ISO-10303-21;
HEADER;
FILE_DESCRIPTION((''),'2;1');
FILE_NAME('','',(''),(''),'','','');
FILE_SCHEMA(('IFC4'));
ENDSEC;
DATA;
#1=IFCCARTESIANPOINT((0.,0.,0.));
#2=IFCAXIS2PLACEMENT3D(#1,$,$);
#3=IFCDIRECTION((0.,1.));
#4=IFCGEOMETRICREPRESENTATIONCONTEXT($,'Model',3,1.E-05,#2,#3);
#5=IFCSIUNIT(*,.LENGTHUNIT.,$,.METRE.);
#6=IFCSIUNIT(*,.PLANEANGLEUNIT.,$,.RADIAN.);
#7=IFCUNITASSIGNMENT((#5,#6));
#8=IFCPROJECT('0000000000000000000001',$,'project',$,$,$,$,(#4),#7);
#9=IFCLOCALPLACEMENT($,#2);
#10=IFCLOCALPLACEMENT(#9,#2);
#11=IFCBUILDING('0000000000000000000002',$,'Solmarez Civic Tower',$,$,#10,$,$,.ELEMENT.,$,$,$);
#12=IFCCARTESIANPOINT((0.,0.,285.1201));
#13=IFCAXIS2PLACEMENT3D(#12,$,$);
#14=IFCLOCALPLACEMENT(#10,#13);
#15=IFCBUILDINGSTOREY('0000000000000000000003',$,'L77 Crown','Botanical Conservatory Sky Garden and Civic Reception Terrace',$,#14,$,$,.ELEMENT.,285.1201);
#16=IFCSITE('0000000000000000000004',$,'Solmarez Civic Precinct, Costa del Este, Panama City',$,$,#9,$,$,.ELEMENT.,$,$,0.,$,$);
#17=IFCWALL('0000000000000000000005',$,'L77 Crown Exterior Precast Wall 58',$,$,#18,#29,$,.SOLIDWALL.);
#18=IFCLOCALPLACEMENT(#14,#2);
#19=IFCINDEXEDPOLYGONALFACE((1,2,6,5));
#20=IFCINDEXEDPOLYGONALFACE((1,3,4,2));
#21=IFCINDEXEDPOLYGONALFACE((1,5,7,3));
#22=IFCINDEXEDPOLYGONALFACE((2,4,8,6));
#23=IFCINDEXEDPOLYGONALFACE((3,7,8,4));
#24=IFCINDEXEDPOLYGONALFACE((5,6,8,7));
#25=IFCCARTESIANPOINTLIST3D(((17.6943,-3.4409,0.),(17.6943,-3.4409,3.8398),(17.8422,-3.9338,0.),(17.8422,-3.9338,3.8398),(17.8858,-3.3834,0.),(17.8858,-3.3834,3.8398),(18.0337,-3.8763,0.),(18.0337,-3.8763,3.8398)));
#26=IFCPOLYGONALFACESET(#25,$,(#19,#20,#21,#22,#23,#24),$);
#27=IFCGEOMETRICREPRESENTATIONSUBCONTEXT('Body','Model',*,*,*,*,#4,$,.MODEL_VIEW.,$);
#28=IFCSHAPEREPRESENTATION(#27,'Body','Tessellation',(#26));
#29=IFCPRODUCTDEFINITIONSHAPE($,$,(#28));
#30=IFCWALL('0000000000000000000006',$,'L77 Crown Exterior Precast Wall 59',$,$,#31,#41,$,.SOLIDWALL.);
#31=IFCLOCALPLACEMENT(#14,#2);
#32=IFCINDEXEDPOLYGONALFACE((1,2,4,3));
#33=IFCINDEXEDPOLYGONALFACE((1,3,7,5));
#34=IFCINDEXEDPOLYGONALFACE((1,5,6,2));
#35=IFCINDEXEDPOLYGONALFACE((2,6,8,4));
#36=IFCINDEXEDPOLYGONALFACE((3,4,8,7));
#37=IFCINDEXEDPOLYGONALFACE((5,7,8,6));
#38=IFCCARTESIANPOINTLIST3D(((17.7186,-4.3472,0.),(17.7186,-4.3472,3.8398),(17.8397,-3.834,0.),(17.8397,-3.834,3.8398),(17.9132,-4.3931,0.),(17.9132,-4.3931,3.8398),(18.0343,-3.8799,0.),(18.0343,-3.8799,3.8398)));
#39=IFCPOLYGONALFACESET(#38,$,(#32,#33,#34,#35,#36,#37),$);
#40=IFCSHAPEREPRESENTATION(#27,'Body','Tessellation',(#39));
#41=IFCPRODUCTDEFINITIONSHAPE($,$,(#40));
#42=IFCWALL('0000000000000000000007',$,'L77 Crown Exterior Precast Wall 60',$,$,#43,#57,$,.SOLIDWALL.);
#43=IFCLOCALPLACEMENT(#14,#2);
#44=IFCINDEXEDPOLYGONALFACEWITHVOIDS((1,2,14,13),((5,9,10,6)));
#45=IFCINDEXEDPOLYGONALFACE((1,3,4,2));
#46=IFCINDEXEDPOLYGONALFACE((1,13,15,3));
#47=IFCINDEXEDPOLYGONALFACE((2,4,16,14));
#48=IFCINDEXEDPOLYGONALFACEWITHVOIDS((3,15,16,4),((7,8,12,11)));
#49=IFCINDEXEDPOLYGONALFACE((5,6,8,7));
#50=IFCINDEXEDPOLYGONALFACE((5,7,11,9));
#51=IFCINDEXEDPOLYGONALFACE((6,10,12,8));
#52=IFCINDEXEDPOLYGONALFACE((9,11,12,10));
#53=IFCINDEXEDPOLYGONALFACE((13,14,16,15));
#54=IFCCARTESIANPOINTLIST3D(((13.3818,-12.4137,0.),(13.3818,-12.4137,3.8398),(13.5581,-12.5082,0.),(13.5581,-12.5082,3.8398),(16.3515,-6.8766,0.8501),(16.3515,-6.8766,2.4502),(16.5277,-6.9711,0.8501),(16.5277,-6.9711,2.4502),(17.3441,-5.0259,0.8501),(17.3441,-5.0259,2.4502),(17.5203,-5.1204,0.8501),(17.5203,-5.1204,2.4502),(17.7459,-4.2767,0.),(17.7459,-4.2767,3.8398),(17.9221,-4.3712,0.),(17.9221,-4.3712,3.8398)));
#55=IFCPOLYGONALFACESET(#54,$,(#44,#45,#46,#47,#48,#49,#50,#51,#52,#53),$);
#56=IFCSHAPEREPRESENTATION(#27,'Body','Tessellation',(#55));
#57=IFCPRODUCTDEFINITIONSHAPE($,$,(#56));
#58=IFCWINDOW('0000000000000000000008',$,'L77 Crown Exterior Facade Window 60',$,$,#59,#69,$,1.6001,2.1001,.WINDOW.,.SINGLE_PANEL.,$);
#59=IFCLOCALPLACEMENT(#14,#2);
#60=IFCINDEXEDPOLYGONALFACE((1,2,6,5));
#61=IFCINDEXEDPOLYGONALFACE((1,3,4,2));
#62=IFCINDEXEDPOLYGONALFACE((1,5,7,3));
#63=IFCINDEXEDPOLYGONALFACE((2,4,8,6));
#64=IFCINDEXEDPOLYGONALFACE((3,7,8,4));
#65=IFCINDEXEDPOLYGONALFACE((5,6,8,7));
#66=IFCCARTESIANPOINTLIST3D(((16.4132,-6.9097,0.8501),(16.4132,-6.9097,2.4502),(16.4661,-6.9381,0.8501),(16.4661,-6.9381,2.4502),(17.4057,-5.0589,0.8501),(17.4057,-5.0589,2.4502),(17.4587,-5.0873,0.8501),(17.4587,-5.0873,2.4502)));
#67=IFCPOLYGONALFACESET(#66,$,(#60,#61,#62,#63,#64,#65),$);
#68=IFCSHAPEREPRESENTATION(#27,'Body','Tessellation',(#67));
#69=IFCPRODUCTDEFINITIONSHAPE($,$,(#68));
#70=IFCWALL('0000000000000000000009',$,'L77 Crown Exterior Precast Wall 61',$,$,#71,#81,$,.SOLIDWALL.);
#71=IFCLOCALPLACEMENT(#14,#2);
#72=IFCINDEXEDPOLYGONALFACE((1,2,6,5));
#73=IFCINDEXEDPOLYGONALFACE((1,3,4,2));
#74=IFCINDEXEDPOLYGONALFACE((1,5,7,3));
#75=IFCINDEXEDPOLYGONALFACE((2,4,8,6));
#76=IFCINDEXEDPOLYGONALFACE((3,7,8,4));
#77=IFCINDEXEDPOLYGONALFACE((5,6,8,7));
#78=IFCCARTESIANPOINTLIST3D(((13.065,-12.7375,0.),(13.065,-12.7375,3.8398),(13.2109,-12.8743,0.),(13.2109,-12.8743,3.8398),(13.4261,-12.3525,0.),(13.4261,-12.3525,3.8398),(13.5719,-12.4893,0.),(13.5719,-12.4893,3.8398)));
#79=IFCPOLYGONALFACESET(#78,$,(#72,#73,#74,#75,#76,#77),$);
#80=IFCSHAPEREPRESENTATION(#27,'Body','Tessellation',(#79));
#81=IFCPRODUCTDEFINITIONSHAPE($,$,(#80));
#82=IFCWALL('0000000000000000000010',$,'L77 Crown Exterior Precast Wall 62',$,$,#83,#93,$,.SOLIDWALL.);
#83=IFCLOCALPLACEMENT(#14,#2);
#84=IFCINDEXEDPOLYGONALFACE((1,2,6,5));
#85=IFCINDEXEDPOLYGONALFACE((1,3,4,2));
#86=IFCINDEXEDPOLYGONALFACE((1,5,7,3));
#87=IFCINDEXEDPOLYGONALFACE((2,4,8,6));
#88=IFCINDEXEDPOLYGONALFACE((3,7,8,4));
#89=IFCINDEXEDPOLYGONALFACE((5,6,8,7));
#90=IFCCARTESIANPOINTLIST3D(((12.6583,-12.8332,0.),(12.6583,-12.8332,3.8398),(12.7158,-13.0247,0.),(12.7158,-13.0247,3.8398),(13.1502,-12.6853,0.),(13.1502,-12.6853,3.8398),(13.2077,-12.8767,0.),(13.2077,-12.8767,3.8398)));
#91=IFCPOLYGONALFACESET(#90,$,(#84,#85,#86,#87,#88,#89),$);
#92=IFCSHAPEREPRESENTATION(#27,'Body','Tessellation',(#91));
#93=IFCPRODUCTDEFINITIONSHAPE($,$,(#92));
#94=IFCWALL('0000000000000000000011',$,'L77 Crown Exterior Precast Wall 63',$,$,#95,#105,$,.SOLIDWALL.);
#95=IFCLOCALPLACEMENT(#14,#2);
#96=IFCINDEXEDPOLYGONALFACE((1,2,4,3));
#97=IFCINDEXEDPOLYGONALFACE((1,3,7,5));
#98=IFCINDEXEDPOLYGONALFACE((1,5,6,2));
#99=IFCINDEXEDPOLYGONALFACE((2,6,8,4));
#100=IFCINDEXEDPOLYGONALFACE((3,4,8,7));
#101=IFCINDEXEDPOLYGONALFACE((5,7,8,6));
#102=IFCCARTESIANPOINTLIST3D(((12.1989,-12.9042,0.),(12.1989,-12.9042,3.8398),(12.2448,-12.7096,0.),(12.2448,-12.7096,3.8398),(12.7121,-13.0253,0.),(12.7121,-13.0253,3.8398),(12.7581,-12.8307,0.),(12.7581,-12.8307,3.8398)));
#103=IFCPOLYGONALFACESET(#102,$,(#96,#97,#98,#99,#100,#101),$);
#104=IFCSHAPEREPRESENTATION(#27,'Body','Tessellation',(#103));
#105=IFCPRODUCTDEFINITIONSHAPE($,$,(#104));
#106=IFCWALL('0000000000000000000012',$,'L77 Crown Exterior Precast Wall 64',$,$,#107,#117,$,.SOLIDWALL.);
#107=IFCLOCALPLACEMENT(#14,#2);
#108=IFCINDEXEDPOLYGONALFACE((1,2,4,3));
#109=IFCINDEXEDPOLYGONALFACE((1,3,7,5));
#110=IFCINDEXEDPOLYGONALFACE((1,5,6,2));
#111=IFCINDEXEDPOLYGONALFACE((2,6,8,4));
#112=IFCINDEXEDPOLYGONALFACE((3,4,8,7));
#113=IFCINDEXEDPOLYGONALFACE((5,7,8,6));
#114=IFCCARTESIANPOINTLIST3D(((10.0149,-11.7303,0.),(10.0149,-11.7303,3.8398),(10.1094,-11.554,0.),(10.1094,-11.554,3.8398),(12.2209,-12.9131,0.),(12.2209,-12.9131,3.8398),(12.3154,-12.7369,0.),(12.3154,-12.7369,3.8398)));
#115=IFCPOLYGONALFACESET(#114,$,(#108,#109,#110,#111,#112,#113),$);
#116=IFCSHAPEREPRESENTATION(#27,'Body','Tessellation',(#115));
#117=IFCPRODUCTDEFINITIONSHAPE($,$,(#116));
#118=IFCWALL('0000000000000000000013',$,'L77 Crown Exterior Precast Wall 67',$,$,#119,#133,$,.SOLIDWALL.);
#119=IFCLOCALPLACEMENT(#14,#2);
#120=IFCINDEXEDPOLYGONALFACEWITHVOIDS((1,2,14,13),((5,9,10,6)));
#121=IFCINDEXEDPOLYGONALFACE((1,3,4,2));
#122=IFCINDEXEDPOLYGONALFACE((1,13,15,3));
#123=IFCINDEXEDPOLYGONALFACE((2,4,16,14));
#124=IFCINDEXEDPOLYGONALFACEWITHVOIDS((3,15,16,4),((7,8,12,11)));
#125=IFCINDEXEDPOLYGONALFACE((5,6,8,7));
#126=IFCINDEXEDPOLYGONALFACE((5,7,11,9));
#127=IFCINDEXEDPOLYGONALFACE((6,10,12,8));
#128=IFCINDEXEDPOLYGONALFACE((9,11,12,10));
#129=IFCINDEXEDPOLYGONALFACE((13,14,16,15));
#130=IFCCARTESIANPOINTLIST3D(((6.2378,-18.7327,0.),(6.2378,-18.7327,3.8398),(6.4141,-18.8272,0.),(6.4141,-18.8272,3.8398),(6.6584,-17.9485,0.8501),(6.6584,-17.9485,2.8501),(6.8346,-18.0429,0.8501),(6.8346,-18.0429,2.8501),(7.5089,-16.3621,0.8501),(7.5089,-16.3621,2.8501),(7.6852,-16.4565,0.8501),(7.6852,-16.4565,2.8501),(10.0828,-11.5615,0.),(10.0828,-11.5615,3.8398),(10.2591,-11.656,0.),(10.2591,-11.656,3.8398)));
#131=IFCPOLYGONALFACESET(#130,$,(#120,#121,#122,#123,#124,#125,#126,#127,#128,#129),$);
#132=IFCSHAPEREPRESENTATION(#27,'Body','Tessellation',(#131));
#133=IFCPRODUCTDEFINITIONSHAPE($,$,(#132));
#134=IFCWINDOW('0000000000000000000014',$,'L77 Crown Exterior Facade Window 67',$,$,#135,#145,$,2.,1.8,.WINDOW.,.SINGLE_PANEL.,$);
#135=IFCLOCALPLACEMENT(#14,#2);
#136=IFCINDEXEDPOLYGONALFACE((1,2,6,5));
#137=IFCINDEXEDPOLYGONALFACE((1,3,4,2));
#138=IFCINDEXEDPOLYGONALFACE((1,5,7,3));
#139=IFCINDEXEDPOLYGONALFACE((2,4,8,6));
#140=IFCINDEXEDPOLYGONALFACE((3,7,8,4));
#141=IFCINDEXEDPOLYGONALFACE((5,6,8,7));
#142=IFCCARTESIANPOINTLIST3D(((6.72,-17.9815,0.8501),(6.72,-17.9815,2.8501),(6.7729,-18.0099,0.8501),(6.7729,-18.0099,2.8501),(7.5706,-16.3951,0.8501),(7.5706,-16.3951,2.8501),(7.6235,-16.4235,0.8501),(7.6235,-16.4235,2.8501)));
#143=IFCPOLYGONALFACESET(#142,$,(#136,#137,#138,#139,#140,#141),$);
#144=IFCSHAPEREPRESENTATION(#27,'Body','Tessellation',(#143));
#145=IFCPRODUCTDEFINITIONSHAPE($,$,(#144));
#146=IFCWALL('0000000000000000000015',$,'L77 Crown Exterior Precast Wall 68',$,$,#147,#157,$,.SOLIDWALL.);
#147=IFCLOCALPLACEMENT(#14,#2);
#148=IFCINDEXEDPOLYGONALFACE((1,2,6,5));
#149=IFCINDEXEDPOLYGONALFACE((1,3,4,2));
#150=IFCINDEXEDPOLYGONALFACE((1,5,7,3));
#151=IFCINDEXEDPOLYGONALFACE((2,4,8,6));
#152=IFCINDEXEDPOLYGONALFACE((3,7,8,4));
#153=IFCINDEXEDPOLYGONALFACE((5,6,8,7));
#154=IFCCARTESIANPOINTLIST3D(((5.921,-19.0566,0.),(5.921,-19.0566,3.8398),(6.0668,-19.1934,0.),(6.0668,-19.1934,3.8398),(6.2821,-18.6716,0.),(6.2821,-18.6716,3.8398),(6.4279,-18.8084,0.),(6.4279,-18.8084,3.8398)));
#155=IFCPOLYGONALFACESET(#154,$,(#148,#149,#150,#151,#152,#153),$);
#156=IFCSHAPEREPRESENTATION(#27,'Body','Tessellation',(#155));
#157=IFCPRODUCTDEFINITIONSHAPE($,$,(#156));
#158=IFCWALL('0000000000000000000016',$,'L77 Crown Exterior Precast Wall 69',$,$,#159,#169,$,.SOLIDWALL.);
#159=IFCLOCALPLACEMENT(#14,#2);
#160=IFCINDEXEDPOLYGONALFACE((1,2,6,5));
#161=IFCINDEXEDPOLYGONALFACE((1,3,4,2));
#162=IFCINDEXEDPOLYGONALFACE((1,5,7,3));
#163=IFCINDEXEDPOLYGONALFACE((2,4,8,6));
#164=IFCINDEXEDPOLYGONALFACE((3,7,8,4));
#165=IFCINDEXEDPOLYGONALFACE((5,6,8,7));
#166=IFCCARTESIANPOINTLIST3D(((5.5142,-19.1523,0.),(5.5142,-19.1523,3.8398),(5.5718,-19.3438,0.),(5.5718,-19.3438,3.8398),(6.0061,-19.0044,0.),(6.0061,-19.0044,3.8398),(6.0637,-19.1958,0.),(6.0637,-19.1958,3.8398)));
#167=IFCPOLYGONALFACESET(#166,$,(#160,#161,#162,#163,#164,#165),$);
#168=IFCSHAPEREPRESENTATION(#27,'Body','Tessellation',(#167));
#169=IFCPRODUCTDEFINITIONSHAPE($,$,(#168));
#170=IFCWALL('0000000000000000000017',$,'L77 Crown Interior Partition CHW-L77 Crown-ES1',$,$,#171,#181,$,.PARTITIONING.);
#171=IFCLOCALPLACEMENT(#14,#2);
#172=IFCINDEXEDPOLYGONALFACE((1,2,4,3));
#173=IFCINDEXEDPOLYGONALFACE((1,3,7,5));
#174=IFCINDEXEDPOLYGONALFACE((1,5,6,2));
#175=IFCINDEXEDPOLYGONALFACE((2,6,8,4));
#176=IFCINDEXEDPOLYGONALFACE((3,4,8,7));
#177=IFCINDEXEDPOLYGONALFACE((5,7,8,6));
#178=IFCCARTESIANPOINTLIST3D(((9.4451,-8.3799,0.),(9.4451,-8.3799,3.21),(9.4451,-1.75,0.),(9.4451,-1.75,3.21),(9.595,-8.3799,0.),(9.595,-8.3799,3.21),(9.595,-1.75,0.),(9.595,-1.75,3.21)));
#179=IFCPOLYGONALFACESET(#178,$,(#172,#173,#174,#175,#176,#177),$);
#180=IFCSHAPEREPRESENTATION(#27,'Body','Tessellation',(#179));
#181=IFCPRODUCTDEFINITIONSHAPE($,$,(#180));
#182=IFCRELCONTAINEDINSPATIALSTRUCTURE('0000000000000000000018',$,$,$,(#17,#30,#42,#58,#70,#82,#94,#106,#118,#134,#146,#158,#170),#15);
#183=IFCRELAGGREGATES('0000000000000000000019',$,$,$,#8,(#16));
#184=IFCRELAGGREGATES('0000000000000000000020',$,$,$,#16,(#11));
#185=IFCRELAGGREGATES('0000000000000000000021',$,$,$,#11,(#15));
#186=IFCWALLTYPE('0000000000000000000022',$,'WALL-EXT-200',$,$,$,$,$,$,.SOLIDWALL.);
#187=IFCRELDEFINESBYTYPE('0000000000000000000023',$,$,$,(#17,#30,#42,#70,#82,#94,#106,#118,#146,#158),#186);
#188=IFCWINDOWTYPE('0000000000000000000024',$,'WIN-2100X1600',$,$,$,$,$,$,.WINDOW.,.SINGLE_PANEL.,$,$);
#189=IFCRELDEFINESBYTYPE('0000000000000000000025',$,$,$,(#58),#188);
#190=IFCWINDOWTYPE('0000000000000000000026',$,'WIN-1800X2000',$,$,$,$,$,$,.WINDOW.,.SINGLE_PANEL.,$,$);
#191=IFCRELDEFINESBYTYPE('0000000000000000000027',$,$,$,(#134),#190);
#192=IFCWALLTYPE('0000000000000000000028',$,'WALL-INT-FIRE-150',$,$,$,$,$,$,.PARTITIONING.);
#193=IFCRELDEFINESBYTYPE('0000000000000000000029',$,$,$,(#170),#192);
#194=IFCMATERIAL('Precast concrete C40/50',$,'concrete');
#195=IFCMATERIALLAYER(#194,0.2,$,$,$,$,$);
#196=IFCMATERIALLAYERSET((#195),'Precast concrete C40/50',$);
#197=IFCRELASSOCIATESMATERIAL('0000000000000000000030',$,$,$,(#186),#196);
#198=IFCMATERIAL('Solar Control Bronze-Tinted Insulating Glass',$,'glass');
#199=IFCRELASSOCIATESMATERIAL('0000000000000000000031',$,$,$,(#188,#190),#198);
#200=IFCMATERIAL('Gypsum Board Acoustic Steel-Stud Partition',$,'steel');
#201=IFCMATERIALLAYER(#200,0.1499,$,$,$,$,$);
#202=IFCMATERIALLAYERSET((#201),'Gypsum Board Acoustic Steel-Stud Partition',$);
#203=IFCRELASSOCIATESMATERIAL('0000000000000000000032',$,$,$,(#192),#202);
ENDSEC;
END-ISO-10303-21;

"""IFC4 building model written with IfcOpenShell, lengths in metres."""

from ifc_helpers import new_model, si_unit, direction, frame, frame_2d, origin, place, context, subcontext, project, spatial, rectangle, extrude, material, layer, layer_set, type_object, element, fill, save


model = new_model("IFC4")

# Units and contexts
model_context = context("Model", 3, precision=1e-05, world=origin(), true_north=direction((0.0, 1.0)))
body_context = subcontext(model_context, "Body", "Model", "MODEL_VIEW")
ifc_project = project(units=[si_unit("LENGTHUNIT", "METRE"), si_unit("PLANEANGLEUNIT", "RADIAN")], contexts=[model_context])

# Site, building, storey
site_placement = place(None, origin())
site = spatial("IfcSite", under=ifc_project, at=site_placement, Name="Solmarez Civic Precinct, Costa del Este, Panama City", CompositionType="ELEMENT", RefElevation=0.0)
building_placement = place(site_placement, origin())
building = spatial("IfcBuilding", under=site, at=building_placement, Name="Solmarez Civic Tower", CompositionType="ELEMENT")
storey_placement = place(building_placement, frame((0.0, 0.0, 285.1201)))
storey = spatial("IfcBuildingStorey", under=building, at=storey_placement, Name="L77 Crown", Description="Botanical Conservatory Sky Garden and Civic Reception Terrace", CompositionType="ELEMENT", Elevation=285.1201)

# Walls
ifc_material_1 = material(Name="Precast concrete C40/50", Category="concrete")
ifc_layer_1 = layer(ifc_material_1, 0.2)
ifc_layer_set_1 = layer_set([ifc_layer_1], Name="Precast concrete C40/50")
wall_type_1 = type_object("IfcWallType", Name="WALL-EXT-200", PredefinedType="SOLIDWALL", material=ifc_layer_set_1)
wall_1_placement = place(storey_placement, frame((17.79, -3.4121, 0.0), z_axis=(0.0, 0.0, 1.0), x_axis=(0.287478, -0.957787, 0.0)))
element("IfcWall", 1, at=wall_1_placement, inside=storey, type_object=wall_type_1, Name="L77 Crown Exterior Precast Wall 58", PredefinedType="SOLIDWALL", context=body_context, shape_type="SweptSolid", body=[
    extrude(rectangle(XDim=0.5146, YDim=0.2, at=frame_2d((0.2573, 0.0))), origin(), (0.0, 0.0, 1.0), 3.8398),
])
wall_2_placement = place(storey_placement, frame((17.937, -3.8569, 0.0), z_axis=(0.0, 0.0, 1.0), x_axis=(-0.229659, -0.973271, 0.0)))
element("IfcWall", 2, at=wall_2_placement, inside=storey, type_object=wall_type_1, Name="L77 Crown Exterior Precast Wall 59", PredefinedType="SOLIDWALL", context=body_context, shape_type="SweptSolid", body=[
    extrude(rectangle(XDim=0.5273, YDim=0.2, at=frame_2d((0.2637, 0.0))), origin(), (0.0, 0.0, 1.0), 3.8398),
])

# Wall, opening, window
wall_3_placement = place(storey_placement, frame((17.834, -4.324, 0.0), z_axis=(0.0, 0.0, 1.0), x_axis=(-0.472636, -0.881258, 0.0)))
wall_3 = element("IfcWall", 3, at=wall_3_placement, inside=storey, type_object=wall_type_1, Name="L77 Crown Exterior Precast Wall 60", PredefinedType="SOLIDWALL", context=body_context, shape_type="SweptSolid", body=[
    extrude(rectangle(XDim=9.2334, YDim=0.2, at=frame_2d((4.6167, 0.0))), origin(), (0.0, 0.0, 1.0), 3.8398),
])
opening_1_placement = place(wall_3_placement, frame((0.8501, 0.0, 0.8501)))
opening_1 = element("IfcOpeningElement", 4, at=opening_1_placement, cuts=wall_3, PredefinedType="OPENING", context=body_context, shape_type="SweptSolid", body=[
    extrude(rectangle(XDim=2.1001, YDim=1.6001, at=frame_2d((1.05, 0.8))), frame((0.0, 0.1099, 0.0), z_axis=(0.0, -1.0, 0.0), x_axis=(1.0, 0.0, 0.0)), (0.0, 0.0, 1.0), 0.22),
])
ifc_material_2 = material(Name="Solar Control Bronze-Tinted Insulating Glass", Category="glass")
window_type_1 = type_object("IfcWindowType", Name="WIN-2100X1600", PartitioningType="SINGLE_PANEL", PredefinedType="WINDOW", material=ifc_material_2)
window_1_placement = place(opening_1_placement, origin())
window_1 = element("IfcWindow", 5, at=window_1_placement, inside=storey, type_object=window_type_1, Name="L77 Crown Exterior Facade Window 60", OverallHeight=1.6001, OverallWidth=2.1001, PartitioningType="SINGLE_PANEL", PredefinedType="WINDOW", context=body_context, shape_type="SweptSolid", body=[
    extrude(rectangle(XDim=2.1001, YDim=1.6001, at=frame_2d((1.05, 0.8))), frame((0.0, 0.03, 0.0), z_axis=(0.0, -1.0, 0.0), x_axis=(1.0, 0.0, 0.0)), (0.0, 0.0, 1.0), 0.0601),
])
fill(opening_1, window_1)

# Walls
wall_4_placement = place(storey_placement, frame((13.499, -12.4209, 0.0), z_axis=(0.0, 0.0, 1.0), x_axis=(-0.68408, -0.729407, 0.0)))
element("IfcWall", 6, at=wall_4_placement, inside=storey, type_object=wall_type_1, Name="L77 Crown Exterior Precast Wall 61", PredefinedType="SOLIDWALL", context=body_context, shape_type="SweptSolid", body=[
    extrude(rectangle(XDim=0.5278, YDim=0.2, at=frame_2d((0.2639, 0.0))), origin(), (0.0, 0.0, 1.0), 3.8398),
])
wall_5_placement = place(storey_placement, frame((13.179, -12.781, 0.0), z_axis=(0.0, 0.0, 1.0), x_axis=(-0.95763, -0.288002, 0.0)))
element("IfcWall", 7, at=wall_5_placement, inside=storey, type_object=wall_type_1, Name="L77 Crown Exterior Precast Wall 62", PredefinedType="SOLIDWALL", context=body_context, shape_type="SweptSolid", body=[
    extrude(rectangle(XDim=0.5137, YDim=0.2, at=frame_2d((0.2568, 0.0))), origin(), (0.0, 0.0, 1.0), 3.8398),
])
wall_6_placement = place(storey_placement, frame((12.7351, -12.928, 0.0), z_axis=(0.0, 0.0, 1.0), x_axis=(-0.973271, 0.229659, 0.0)))
element("IfcWall", 8, at=wall_6_placement, inside=storey, type_object=wall_type_1, Name="L77 Crown Exterior Precast Wall 63", PredefinedType="SOLIDWALL", context=body_context, shape_type="SweptSolid", body=[
    extrude(rectangle(XDim=0.5273, YDim=0.2, at=frame_2d((0.2637, 0.0))), origin(), (0.0, 0.0, 1.0), 3.8398),
])
wall_7_placement = place(storey_placement, frame((12.2681, -12.825, 0.0), z_axis=(0.0, 0.0, 1.0), x_axis=(-0.881306, 0.472546, 0.0)))
element("IfcWall", 9, at=wall_7_placement, inside=storey, type_object=wall_type_1, Name="L77 Crown Exterior Precast Wall 64", PredefinedType="SOLIDWALL", context=body_context, shape_type="SweptSolid", body=[
    extrude(rectangle(XDim=2.5032, YDim=0.2, at=frame_2d((1.2515, 0.0))), origin(), (0.0, 0.0, 1.0), 3.8398),
])

# Wall, opening, window
wall_8_placement = place(storey_placement, frame((10.1709, -11.6089, 0.0), z_axis=(0.0, 0.0, 1.0), x_axis=(-0.472535, -0.881312, 0.0)))
wall_8 = element("IfcWall", 10, at=wall_8_placement, inside=storey, type_object=wall_type_1, Name="L77 Crown Exterior Precast Wall 67", PredefinedType="SOLIDWALL", context=body_context, shape_type="SweptSolid", body=[
    extrude(rectangle(XDim=8.137, YDim=0.2, at=frame_2d((4.0684, 0.0))), origin(), (0.0, 0.0, 1.0), 3.8398),
])
opening_2_placement = place(wall_8_placement, frame((5.447, 0.0, 0.8501)))
opening_2 = element("IfcOpeningElement", 11, at=opening_2_placement, cuts=wall_8, PredefinedType="OPENING", context=body_context, shape_type="SweptSolid", body=[
    extrude(rectangle(XDim=1.8, YDim=2.0, at=frame_2d((0.8999, 1.0))), frame((0.0, 0.1099, 0.0), z_axis=(0.0, -1.0, 0.0), x_axis=(1.0, 0.0, 0.0)), (0.0, 0.0, 1.0), 0.22),
])
window_type_2 = type_object("IfcWindowType", Name="WIN-1800X2000", PartitioningType="SINGLE_PANEL", PredefinedType="WINDOW", material=ifc_material_2)
window_2_placement = place(opening_2_placement, origin())
window_2 = element("IfcWindow", 12, at=window_2_placement, inside=storey, type_object=window_type_2, Name="L77 Crown Exterior Facade Window 67", OverallHeight=2.0, OverallWidth=1.8, PartitioningType="SINGLE_PANEL", PredefinedType="WINDOW", context=body_context, shape_type="SweptSolid", body=[
    extrude(rectangle(XDim=1.8, YDim=2.0, at=frame_2d((0.8999, 1.0))), frame((0.0, 0.03, 0.0), z_axis=(0.0, -1.0, 0.0), x_axis=(1.0, 0.0, 0.0)), (0.0, 0.0, 1.0), 0.0601),
])
fill(opening_2, window_2)

# Walls
wall_9_placement = place(storey_placement, frame((6.355, -18.74, 0.0), z_axis=(0.0, 0.0, 1.0), x_axis=(-0.68408, -0.729407, 0.0)))
element("IfcWall", 13, at=wall_9_placement, inside=storey, type_object=wall_type_1, Name="L77 Crown Exterior Precast Wall 68", PredefinedType="SOLIDWALL", context=body_context, shape_type="SweptSolid", body=[
    extrude(rectangle(XDim=0.5278, YDim=0.2, at=frame_2d((0.2639, 0.0))), origin(), (0.0, 0.0, 1.0), 3.8398),
])
wall_10_placement = place(storey_placement, frame((6.0349, -19.1001, 0.0), z_axis=(0.0, 0.0, 1.0), x_axis=(-0.95763, -0.288002, 0.0)))
element("IfcWall", 14, at=wall_10_placement, inside=storey, type_object=wall_type_1, Name="L77 Crown Exterior Precast Wall 69", PredefinedType="SOLIDWALL", context=body_context, shape_type="SweptSolid", body=[
    extrude(rectangle(XDim=0.5137, YDim=0.2, at=frame_2d((0.2568, 0.0))), origin(), (0.0, 0.0, 1.0), 3.8398),
])
ifc_material_3 = material(Name="Gypsum Board Acoustic Steel-Stud Partition", Category="steel")
ifc_layer_2 = layer(ifc_material_3, 0.1499)
ifc_layer_set_2 = layer_set([ifc_layer_2], Name="Gypsum Board Acoustic Steel-Stud Partition")
wall_type_2 = type_object("IfcWallType", Name="WALL-INT-FIRE-150", PredefinedType="PARTITIONING", material=ifc_layer_set_2)
wall_11_placement = place(storey_placement, frame((9.52, -8.3799, 0.0), z_axis=(0.0, 0.0, 1.0), x_axis=(0.0, 1.0, 0.0)))
element("IfcWall", 15, at=wall_11_placement, inside=storey, type_object=wall_type_2, Name="L77 Crown Interior Partition CHW-L77 Crown-ES1", PredefinedType="PARTITIONING", context=body_context, shape_type="SweptSolid", body=[
    extrude(rectangle(XDim=6.6299, YDim=0.1499, at=frame_2d((3.3149, 0.0))), origin(), (0.0, 0.0, 1.0), 3.21),
])

save(model, "model.ifc")
